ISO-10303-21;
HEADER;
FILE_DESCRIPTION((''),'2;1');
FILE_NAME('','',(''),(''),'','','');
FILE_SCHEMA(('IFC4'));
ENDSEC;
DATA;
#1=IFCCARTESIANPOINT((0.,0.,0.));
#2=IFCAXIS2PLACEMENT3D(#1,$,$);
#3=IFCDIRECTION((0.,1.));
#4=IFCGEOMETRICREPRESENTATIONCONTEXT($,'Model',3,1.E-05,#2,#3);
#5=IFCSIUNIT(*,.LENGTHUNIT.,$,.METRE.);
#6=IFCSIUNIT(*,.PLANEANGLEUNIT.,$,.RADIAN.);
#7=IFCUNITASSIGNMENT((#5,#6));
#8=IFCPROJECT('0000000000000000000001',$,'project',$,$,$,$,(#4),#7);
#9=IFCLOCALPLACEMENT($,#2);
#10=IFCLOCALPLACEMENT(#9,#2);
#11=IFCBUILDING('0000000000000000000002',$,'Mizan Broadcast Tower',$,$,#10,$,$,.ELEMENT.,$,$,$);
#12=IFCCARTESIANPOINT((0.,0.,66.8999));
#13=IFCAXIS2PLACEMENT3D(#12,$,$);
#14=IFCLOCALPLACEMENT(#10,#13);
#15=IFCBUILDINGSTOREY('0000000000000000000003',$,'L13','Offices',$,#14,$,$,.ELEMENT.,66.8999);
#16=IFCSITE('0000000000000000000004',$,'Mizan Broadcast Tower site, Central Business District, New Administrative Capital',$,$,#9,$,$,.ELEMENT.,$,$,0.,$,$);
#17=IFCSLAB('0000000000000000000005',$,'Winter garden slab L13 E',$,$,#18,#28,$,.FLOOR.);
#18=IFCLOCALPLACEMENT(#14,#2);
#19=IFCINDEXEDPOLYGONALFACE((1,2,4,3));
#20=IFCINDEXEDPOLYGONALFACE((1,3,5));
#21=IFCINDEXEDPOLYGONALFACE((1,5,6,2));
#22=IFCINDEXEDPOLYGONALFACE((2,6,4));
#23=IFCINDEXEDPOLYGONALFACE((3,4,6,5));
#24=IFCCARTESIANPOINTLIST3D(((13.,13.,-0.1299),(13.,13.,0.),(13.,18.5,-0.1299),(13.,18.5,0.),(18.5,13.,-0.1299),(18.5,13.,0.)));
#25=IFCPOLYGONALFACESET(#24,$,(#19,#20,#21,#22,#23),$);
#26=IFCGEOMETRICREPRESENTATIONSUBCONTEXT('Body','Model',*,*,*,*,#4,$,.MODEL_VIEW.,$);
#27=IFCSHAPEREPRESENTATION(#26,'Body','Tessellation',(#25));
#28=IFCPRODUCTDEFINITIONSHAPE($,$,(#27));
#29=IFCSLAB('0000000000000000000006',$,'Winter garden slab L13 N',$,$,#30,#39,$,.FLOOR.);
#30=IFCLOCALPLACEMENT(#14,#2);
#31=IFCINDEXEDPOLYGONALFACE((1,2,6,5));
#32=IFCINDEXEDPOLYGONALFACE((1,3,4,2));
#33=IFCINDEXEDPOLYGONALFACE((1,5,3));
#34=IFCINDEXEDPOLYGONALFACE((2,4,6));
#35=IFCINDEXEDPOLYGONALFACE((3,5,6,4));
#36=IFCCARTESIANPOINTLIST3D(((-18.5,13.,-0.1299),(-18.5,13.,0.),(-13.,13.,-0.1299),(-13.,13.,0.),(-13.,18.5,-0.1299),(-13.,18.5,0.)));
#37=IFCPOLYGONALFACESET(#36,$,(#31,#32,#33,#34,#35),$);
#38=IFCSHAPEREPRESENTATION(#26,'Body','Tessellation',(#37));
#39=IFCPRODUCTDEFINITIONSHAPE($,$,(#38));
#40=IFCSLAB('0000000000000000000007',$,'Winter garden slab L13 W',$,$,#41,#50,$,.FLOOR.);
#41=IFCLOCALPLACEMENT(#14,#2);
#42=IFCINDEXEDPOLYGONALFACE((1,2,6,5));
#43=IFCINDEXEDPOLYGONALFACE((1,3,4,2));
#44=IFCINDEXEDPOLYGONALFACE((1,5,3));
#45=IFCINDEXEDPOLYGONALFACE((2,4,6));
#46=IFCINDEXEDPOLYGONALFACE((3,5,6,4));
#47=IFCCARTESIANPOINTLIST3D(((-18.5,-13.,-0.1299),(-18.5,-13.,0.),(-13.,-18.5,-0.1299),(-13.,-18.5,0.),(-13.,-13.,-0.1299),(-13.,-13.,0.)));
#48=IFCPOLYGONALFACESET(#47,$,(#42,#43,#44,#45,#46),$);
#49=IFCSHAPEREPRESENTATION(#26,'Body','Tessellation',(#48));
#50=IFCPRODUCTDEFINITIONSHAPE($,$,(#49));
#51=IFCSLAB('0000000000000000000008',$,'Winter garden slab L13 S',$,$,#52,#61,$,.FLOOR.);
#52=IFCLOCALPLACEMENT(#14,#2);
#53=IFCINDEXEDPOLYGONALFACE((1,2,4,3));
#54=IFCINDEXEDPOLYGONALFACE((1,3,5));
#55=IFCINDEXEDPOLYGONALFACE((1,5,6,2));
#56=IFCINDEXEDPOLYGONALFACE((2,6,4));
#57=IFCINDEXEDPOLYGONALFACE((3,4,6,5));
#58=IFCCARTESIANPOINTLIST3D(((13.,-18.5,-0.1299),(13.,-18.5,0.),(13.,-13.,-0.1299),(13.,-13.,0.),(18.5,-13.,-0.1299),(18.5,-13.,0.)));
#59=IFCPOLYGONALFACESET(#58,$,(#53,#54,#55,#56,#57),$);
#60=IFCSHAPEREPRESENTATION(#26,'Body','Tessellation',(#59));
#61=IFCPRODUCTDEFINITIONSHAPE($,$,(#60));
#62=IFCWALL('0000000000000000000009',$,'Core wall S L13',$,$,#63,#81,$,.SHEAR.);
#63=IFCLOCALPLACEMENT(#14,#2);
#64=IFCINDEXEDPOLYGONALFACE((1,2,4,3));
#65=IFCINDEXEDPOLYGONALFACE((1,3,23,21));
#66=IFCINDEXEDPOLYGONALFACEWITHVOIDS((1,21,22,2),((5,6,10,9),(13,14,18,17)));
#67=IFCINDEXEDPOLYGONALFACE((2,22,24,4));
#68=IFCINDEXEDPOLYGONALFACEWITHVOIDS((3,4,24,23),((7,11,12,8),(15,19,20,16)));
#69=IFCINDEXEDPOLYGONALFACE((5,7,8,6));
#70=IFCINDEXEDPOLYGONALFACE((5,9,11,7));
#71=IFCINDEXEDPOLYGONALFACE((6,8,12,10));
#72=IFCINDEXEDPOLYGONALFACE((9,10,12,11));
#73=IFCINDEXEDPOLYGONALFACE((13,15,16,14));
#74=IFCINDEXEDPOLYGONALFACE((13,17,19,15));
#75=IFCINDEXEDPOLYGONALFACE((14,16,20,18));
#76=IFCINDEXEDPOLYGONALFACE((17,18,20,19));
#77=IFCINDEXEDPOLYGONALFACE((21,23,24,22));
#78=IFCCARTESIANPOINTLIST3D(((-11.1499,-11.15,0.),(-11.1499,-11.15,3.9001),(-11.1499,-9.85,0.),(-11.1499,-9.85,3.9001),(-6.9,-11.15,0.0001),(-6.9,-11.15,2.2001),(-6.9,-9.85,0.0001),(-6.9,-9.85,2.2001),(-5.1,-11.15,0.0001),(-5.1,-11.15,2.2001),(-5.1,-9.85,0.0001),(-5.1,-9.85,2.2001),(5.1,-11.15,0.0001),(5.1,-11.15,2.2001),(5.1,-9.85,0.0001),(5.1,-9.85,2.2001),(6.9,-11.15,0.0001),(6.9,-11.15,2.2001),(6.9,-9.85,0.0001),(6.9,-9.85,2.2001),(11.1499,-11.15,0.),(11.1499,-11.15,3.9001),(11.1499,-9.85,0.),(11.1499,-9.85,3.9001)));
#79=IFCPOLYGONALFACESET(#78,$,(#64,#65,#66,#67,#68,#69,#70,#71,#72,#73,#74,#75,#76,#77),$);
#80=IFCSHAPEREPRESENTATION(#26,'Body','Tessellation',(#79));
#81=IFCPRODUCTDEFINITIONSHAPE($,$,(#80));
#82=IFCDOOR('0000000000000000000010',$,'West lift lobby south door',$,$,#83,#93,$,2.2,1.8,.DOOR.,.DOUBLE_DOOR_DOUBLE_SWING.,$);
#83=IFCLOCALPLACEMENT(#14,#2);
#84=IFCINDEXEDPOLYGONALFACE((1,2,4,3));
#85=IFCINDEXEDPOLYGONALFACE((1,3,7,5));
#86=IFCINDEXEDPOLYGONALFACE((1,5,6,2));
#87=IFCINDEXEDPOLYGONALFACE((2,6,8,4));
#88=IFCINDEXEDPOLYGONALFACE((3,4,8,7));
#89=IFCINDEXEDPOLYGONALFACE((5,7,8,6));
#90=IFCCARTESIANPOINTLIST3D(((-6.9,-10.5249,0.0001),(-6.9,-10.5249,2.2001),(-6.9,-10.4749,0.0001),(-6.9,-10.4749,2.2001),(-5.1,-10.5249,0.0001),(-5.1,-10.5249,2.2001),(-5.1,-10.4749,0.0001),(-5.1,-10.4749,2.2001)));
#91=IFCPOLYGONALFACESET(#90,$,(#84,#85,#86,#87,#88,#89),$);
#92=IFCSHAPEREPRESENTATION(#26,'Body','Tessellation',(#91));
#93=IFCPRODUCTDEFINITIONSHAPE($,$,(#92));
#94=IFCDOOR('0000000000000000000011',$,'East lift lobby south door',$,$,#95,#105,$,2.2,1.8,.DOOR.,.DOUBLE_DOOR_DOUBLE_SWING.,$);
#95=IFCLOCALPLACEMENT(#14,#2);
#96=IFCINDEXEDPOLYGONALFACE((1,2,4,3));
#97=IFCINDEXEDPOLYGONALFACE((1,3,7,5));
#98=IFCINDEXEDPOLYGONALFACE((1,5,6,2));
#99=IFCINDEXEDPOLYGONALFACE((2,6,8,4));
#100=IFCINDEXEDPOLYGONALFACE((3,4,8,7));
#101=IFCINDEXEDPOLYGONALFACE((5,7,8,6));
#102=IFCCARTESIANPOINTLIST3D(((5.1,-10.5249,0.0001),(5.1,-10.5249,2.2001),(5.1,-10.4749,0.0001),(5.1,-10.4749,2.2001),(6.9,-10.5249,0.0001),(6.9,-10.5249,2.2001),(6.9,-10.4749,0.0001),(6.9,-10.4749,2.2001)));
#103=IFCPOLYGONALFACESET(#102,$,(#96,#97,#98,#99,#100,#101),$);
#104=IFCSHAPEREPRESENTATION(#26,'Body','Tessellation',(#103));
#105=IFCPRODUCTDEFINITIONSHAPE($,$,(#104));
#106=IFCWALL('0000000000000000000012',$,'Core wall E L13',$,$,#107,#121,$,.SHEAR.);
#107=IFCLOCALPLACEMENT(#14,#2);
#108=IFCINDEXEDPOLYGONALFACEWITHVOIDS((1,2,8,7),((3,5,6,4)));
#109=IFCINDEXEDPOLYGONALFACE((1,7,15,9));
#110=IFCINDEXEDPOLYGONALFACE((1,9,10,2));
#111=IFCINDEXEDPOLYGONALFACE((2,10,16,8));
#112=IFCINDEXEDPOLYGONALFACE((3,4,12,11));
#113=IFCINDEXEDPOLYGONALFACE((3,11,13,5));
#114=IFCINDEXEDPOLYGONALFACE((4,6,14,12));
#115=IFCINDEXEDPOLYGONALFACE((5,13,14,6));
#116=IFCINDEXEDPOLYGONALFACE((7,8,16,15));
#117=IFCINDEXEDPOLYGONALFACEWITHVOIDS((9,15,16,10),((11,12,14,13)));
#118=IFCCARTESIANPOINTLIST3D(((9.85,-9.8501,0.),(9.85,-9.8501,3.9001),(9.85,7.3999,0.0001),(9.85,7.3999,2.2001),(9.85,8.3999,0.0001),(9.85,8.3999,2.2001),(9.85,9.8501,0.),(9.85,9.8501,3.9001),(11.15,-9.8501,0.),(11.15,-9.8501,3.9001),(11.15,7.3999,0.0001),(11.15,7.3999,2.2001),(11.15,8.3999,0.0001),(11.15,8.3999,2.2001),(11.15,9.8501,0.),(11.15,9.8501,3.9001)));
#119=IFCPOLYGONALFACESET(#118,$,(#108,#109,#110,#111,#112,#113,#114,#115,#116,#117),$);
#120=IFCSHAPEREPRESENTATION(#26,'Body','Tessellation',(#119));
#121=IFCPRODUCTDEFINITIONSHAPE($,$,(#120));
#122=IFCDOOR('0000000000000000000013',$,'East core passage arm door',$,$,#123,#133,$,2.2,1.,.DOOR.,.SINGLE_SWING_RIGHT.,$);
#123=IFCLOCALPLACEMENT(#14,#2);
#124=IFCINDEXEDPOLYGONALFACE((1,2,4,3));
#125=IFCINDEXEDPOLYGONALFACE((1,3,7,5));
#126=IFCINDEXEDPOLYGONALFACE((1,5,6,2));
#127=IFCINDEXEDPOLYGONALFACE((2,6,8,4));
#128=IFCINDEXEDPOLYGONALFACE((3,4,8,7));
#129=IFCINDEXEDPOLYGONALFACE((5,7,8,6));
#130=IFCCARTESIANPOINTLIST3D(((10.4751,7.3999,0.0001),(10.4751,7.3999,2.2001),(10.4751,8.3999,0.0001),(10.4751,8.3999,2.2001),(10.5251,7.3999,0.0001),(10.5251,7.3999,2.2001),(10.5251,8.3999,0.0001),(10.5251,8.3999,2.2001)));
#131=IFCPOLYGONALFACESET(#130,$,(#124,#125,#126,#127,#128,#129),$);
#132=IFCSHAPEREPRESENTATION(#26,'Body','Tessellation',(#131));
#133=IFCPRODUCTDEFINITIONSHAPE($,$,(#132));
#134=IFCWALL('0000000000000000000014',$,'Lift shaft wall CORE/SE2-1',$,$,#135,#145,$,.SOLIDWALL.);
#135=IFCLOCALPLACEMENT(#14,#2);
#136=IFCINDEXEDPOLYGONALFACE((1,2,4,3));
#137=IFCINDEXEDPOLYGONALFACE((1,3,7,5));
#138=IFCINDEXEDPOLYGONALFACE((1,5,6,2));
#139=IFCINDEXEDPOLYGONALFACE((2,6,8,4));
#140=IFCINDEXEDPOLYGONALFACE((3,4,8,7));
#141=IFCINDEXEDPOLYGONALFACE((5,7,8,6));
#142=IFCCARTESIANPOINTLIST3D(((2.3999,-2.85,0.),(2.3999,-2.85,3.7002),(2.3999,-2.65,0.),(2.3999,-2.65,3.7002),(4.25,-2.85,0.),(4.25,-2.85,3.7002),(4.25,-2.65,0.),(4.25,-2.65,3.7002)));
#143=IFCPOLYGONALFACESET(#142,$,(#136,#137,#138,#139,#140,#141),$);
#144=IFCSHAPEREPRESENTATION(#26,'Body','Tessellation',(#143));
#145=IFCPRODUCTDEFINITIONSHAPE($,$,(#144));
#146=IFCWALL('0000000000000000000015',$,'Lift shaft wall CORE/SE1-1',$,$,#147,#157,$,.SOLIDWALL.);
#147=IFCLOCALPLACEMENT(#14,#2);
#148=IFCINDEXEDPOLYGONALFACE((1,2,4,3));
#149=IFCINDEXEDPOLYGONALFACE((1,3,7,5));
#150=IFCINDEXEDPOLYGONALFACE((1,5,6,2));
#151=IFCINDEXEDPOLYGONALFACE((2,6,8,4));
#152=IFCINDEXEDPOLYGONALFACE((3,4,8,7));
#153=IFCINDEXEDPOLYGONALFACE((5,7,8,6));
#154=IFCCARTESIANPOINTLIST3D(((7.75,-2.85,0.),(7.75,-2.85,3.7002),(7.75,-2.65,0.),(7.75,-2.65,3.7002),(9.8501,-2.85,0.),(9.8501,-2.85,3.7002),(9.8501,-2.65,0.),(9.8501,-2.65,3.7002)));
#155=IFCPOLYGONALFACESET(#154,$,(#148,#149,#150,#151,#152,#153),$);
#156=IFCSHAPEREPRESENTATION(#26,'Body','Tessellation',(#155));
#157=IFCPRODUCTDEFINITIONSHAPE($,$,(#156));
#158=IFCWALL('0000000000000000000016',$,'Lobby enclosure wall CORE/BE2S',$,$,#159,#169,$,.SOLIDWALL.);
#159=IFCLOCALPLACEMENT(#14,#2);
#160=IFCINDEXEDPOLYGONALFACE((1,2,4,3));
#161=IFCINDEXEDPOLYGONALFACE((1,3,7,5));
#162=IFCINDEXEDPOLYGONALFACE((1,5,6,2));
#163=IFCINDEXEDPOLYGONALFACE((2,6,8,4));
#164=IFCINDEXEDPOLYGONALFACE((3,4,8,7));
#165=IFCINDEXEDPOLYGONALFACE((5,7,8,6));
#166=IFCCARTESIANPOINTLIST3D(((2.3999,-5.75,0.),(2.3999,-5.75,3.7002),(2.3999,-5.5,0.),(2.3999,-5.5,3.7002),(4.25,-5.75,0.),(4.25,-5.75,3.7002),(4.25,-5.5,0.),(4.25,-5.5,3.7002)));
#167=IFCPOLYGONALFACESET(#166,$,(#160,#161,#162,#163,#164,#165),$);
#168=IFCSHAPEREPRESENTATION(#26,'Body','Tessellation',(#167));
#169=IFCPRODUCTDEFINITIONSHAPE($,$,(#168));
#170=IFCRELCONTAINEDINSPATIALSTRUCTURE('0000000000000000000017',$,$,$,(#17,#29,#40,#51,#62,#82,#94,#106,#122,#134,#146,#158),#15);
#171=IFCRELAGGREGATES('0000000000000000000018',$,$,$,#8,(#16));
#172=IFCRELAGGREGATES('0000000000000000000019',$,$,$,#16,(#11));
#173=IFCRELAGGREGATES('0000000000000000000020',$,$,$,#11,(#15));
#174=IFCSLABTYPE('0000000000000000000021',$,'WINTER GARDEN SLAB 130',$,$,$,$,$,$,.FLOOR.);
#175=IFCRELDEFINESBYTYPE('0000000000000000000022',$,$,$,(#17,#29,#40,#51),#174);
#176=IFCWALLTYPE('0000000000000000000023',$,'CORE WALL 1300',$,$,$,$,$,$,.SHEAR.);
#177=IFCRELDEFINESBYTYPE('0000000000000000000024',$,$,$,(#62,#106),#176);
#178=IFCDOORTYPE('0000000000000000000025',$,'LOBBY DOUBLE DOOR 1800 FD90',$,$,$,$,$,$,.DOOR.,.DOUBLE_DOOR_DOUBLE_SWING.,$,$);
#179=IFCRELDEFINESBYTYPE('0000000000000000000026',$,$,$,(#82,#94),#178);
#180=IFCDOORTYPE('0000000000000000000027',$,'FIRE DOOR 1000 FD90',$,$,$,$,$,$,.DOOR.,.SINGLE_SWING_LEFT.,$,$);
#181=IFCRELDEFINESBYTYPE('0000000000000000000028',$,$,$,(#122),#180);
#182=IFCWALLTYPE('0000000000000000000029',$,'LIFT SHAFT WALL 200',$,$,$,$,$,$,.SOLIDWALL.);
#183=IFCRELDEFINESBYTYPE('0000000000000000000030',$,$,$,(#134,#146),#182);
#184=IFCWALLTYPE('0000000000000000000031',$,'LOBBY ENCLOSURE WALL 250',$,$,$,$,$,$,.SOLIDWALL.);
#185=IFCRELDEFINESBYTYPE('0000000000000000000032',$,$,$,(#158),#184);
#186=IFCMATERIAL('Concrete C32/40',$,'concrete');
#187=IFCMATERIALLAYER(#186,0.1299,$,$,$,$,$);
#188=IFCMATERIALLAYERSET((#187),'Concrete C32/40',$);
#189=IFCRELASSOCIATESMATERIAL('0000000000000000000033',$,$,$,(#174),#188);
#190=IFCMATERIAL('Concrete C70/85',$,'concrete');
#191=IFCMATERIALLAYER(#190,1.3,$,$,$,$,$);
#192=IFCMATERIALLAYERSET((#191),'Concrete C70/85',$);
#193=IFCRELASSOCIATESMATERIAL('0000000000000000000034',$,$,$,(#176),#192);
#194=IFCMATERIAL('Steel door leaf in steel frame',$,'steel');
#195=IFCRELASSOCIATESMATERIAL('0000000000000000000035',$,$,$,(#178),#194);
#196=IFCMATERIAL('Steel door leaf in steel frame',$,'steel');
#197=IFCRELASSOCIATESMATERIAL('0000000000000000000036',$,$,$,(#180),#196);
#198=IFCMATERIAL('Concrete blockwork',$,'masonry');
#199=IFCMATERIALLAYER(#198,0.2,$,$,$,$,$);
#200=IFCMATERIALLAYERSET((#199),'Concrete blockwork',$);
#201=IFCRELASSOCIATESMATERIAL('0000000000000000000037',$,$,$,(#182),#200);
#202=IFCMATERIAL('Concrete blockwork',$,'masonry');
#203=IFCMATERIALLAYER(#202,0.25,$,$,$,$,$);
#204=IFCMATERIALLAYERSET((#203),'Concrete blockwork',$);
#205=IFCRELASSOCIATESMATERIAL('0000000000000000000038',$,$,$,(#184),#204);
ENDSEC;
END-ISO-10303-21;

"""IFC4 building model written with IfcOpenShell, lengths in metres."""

from ifc_helpers import new_model, si_unit, direction, frame, frame_2d, origin, place, context, subcontext, project, spatial, polyline, rectangle, outline, extrude, material, layer, layer_set, type_object, element, fill, save


model = new_model("IFC4")

# Units and contexts
model_context = context("Model", 3, precision=1e-05, world=origin(), true_north=direction((0.0, 1.0)))
body_context = subcontext(model_context, "Body", "Model", "MODEL_VIEW")
ifc_project = project(units=[si_unit("LENGTHUNIT", "METRE"), si_unit("PLANEANGLEUNIT", "RADIAN")], contexts=[model_context])

# Site, building, storey
site_placement = place(None, origin())
site = spatial("IfcSite", under=ifc_project, at=site_placement, Name="Mizan Broadcast Tower site, Central Business District, New Administrative Capital", CompositionType="ELEMENT", RefElevation=0.0)
building_placement = place(site_placement, origin())
building = spatial("IfcBuilding", under=site, at=building_placement, Name="Mizan Broadcast Tower", CompositionType="ELEMENT")
storey_placement = place(building_placement, frame((0.0, 0.0, 66.8999)))
storey = spatial("IfcBuildingStorey", under=building, at=storey_placement, Name="L13", Description="Offices", CompositionType="ELEMENT", Elevation=66.8999)

# Slabs
ifc_material_1 = material(Name="Concrete C32/40", Category="concrete")
ifc_layer_1 = layer(ifc_material_1, 0.1299)
ifc_layer_set_1 = layer_set([ifc_layer_1], Name="Concrete C32/40")
slab_type_1 = type_object("IfcSlabType", Name="WINTER GARDEN SLAB 130", PredefinedType="FLOOR", material=ifc_layer_set_1)
slab_1_placement = place(storey_placement, frame((0.0, 0.0, -0.1299)))
element("IfcSlab", 1, at=slab_1_placement, inside=storey, type_object=slab_type_1, Name="Winter garden slab L13 E", PredefinedType="FLOOR", context=body_context, shape_type="SweptSolid", body=[
    extrude(outline(polyline([(13.0, 13.0), (18.5, 13.0), (13.0, 18.5), (13.0, 13.0)])), origin(), (0.0, 0.0, 1.0), 0.1299),
])
slab_2_placement = place(storey_placement, frame((0.0, 0.0, -0.1299)))
element("IfcSlab", 2, at=slab_2_placement, inside=storey, type_object=slab_type_1, Name="Winter garden slab L13 N", PredefinedType="FLOOR", context=body_context, shape_type="SweptSolid", body=[
    extrude(outline(polyline([(-13.0, 13.0), (-13.0, 18.5), (-18.5, 13.0), (-13.0, 13.0)])), origin(), (0.0, 0.0, 1.0), 0.1299),
])
slab_3_placement = place(storey_placement, frame((0.0, 0.0, -0.1299)))
element("IfcSlab", 3, at=slab_3_placement, inside=storey, type_object=slab_type_1, Name="Winter garden slab L13 W", PredefinedType="FLOOR", context=body_context, shape_type="SweptSolid", body=[
    extrude(outline(polyline([(-13.0, -13.0), (-18.5, -13.0), (-13.0, -18.5), (-13.0, -13.0)])), origin(), (0.0, 0.0, 1.0), 0.1299),
])
slab_4_placement = place(storey_placement, frame((0.0, 0.0, -0.1299)))
element("IfcSlab", 4, at=slab_4_placement, inside=storey, type_object=slab_type_1, Name="Winter garden slab L13 S", PredefinedType="FLOOR", context=body_context, shape_type="SweptSolid", body=[
    extrude(outline(polyline([(13.0, -13.0), (13.0, -18.5), (18.5, -13.0), (13.0, -13.0)])), origin(), (0.0, 0.0, 1.0), 0.1299),
])

# Wall, openings, doors
ifc_material_2 = material(Name="Concrete C70/85", Category="concrete")
ifc_layer_2 = layer(ifc_material_2, 1.3)
ifc_layer_set_2 = layer_set([ifc_layer_2], Name="Concrete C70/85")
wall_type_1 = type_object("IfcWallType", Name="CORE WALL 1300", PredefinedType="SHEAR", material=ifc_layer_set_2)
wall_1_placement = place(storey_placement, frame((11.1499, -10.5, 0.0), z_axis=(0.0, 0.0, 1.0), x_axis=(-1.0, 0.0, 0.0)))
wall_1 = element("IfcWall", 5, at=wall_1_placement, inside=storey, type_object=wall_type_1, Name="Core wall S L13", PredefinedType="SHEAR", context=body_context, shape_type="SweptSolid", body=[
    extrude(rectangle(XDim=22.2998, YDim=1.3, at=frame_2d((11.1499, 0.0))), origin(), (0.0, 0.0, 1.0), 3.9001),
])
opening_1_placement = place(wall_1_placement, frame((16.25, 0.0, 0.0)))
opening_1 = element("IfcOpeningElement", 6, at=opening_1_placement, cuts=wall_1, PredefinedType="OPENING", context=body_context, shape_type="SweptSolid", body=[
    extrude(rectangle(XDim=1.8, YDim=2.2, at=frame_2d((0.8999, 1.1001))), frame((0.0, 0.6599, 0.0), z_axis=(0.0, -1.0, 0.0), x_axis=(1.0, 0.0, 0.0)), (0.0, 0.0, 1.0), 1.3201),
])
opening_2_placement = place(wall_1_placement, frame((4.25, 0.0, 0.0)))
opening_2 = element("IfcOpeningElement", 7, at=opening_2_placement, cuts=wall_1, PredefinedType="OPENING", context=body_context, shape_type="SweptSolid", body=[
    extrude(rectangle(XDim=1.8, YDim=2.2, at=frame_2d((0.8999, 1.1001))), frame((0.0, 0.6599, 0.0), z_axis=(0.0, -1.0, 0.0), x_axis=(1.0, 0.0, 0.0)), (0.0, 0.0, 1.0), 1.3201),
])
ifc_material_3 = material(Name="Steel door leaf in steel frame", Category="steel")
door_type_1 = type_object("IfcDoorType", Name="LOBBY DOUBLE DOOR 1800 FD90", OperationType="DOUBLE_DOOR_DOUBLE_SWING", PredefinedType="DOOR", material=ifc_material_3)
door_1_placement = place(opening_1_placement, origin())
door_1 = element("IfcDoor", 8, at=door_1_placement, inside=storey, type_object=door_type_1, Name="West lift lobby south door", OperationType="DOUBLE_DOOR_DOUBLE_SWING", OverallHeight=2.2, OverallWidth=1.8, PredefinedType="DOOR", context=body_context, shape_type="SweptSolid", body=[
    extrude(rectangle(XDim=1.8, YDim=2.2, at=frame_2d((0.8999, 1.1001))), frame((0.0, 0.0249, 0.0), z_axis=(0.0, -1.0, 0.0), x_axis=(1.0, 0.0, 0.0)), (0.0, 0.0, 1.0), 0.05),
])
fill(opening_1, door_1)
door_2_placement = place(opening_2_placement, origin())
door_2 = element("IfcDoor", 9, at=door_2_placement, inside=storey, type_object=door_type_1, Name="East lift lobby south door", OperationType="DOUBLE_DOOR_DOUBLE_SWING", OverallHeight=2.2, OverallWidth=1.8, PredefinedType="DOOR", context=body_context, shape_type="SweptSolid", body=[
    extrude(rectangle(XDim=1.8, YDim=2.2, at=frame_2d((0.8999, 1.1001))), frame((0.0, 0.0249, 0.0), z_axis=(0.0, -1.0, 0.0), x_axis=(1.0, 0.0, 0.0)), (0.0, 0.0, 1.0), 0.05),
])
fill(opening_2, door_2)

# Wall, opening, door
wall_2_placement = place(storey_placement, frame((10.5, -9.8501, 0.0), z_axis=(0.0, 0.0, 1.0), x_axis=(0.0, 1.0, 0.0)))
wall_2 = element("IfcWall", 10, at=wall_2_placement, inside=storey, type_object=wall_type_1, Name="Core wall E L13", PredefinedType="SHEAR", context=body_context, shape_type="SweptSolid", body=[
    extrude(rectangle(XDim=19.7002, YDim=1.3, at=frame_2d((9.8501, 0.0))), origin(), (0.0, 0.0, 1.0), 3.9001),
])
opening_3_placement = place(wall_2_placement, frame((17.25, 0.0, 0.0)))
opening_3 = element("IfcOpeningElement", 11, at=opening_3_placement, cuts=wall_2, PredefinedType="OPENING", context=body_context, shape_type="SweptSolid", body=[
    extrude(rectangle(XDim=1.0, YDim=2.2, at=frame_2d((0.5, 1.1001))), frame((0.0, 0.6599, 0.0), z_axis=(0.0, -1.0, 0.0), x_axis=(1.0, 0.0, 0.0)), (0.0, 0.0, 1.0), 1.3201),
])
ifc_material_4 = material(Name="Steel door leaf in steel frame", Category="steel")
door_type_2 = type_object("IfcDoorType", Name="FIRE DOOR 1000 FD90", OperationType="SINGLE_SWING_LEFT", PredefinedType="DOOR", material=ifc_material_4)
door_3_placement = place(opening_3_placement, origin())
door_3 = element("IfcDoor", 12, at=door_3_placement, inside=storey, type_object=door_type_2, Name="East core passage arm door", OperationType="SINGLE_SWING_RIGHT", OverallHeight=2.2, OverallWidth=1.0, PredefinedType="DOOR", context=body_context, shape_type="SweptSolid", body=[
    extrude(rectangle(XDim=1.0, YDim=2.2, at=frame_2d((0.5, 1.1001))), frame((0.0, 0.0249, 0.0), z_axis=(0.0, -1.0, 0.0), x_axis=(1.0, 0.0, 0.0)), (0.0, 0.0, 1.0), 0.05),
])
fill(opening_3, door_3)

# Walls
ifc_material_5 = material(Name="Concrete blockwork", Category="masonry")
ifc_layer_3 = layer(ifc_material_5, 0.2)
ifc_layer_set_3 = layer_set([ifc_layer_3], Name="Concrete blockwork")
wall_type_2 = type_object("IfcWallType", Name="LIFT SHAFT WALL 200", PredefinedType="SOLIDWALL", material=ifc_layer_set_3)
wall_3_placement = place(storey_placement, frame((2.3999, -2.75, 0.0), z_axis=(0.0, 0.0, 1.0), x_axis=(1.0, 0.0, 0.0)))
element("IfcWall", 13, at=wall_3_placement, inside=storey, type_object=wall_type_2, Name="Lift shaft wall CORE/SE2-1", PredefinedType="SOLIDWALL", context=body_context, shape_type="SweptSolid", body=[
    extrude(rectangle(XDim=1.8501, YDim=0.2, at=frame_2d((0.925, 0.0))), origin(), (0.0, 0.0, 1.0), 3.7002),
])
wall_4_placement = place(storey_placement, frame((7.75, -2.75, 0.0), z_axis=(0.0, 0.0, 1.0), x_axis=(1.0, 0.0, 0.0)))
element("IfcWall", 14, at=wall_4_placement, inside=storey, type_object=wall_type_2, Name="Lift shaft wall CORE/SE1-1", PredefinedType="SOLIDWALL", context=body_context, shape_type="SweptSolid", body=[
    extrude(rectangle(XDim=2.1001, YDim=0.2, at=frame_2d((1.05, 0.0))), origin(), (0.0, 0.0, 1.0), 3.7002),
])
ifc_material_6 = material(Name="Concrete blockwork", Category="masonry")
ifc_layer_4 = layer(ifc_material_6, 0.25)
ifc_layer_set_4 = layer_set([ifc_layer_4], Name="Concrete blockwork")
wall_type_3 = type_object("IfcWallType", Name="LOBBY ENCLOSURE WALL 250", PredefinedType="SOLIDWALL", material=ifc_layer_set_4)
wall_5_placement = place(storey_placement, frame((2.3999, -5.625, 0.0), z_axis=(0.0, 0.0, 1.0), x_axis=(1.0, 0.0, 0.0)))
element("IfcWall", 15, at=wall_5_placement, inside=storey, type_object=wall_type_3, Name="Lobby enclosure wall CORE/BE2S", PredefinedType="SOLIDWALL", context=body_context, shape_type="SweptSolid", body=[
    extrude(rectangle(XDim=1.8501, YDim=0.25, at=frame_2d((0.925, 0.0))), origin(), (0.0, 0.0, 1.0), 3.7002),
])

save(model, "model.ifc")
